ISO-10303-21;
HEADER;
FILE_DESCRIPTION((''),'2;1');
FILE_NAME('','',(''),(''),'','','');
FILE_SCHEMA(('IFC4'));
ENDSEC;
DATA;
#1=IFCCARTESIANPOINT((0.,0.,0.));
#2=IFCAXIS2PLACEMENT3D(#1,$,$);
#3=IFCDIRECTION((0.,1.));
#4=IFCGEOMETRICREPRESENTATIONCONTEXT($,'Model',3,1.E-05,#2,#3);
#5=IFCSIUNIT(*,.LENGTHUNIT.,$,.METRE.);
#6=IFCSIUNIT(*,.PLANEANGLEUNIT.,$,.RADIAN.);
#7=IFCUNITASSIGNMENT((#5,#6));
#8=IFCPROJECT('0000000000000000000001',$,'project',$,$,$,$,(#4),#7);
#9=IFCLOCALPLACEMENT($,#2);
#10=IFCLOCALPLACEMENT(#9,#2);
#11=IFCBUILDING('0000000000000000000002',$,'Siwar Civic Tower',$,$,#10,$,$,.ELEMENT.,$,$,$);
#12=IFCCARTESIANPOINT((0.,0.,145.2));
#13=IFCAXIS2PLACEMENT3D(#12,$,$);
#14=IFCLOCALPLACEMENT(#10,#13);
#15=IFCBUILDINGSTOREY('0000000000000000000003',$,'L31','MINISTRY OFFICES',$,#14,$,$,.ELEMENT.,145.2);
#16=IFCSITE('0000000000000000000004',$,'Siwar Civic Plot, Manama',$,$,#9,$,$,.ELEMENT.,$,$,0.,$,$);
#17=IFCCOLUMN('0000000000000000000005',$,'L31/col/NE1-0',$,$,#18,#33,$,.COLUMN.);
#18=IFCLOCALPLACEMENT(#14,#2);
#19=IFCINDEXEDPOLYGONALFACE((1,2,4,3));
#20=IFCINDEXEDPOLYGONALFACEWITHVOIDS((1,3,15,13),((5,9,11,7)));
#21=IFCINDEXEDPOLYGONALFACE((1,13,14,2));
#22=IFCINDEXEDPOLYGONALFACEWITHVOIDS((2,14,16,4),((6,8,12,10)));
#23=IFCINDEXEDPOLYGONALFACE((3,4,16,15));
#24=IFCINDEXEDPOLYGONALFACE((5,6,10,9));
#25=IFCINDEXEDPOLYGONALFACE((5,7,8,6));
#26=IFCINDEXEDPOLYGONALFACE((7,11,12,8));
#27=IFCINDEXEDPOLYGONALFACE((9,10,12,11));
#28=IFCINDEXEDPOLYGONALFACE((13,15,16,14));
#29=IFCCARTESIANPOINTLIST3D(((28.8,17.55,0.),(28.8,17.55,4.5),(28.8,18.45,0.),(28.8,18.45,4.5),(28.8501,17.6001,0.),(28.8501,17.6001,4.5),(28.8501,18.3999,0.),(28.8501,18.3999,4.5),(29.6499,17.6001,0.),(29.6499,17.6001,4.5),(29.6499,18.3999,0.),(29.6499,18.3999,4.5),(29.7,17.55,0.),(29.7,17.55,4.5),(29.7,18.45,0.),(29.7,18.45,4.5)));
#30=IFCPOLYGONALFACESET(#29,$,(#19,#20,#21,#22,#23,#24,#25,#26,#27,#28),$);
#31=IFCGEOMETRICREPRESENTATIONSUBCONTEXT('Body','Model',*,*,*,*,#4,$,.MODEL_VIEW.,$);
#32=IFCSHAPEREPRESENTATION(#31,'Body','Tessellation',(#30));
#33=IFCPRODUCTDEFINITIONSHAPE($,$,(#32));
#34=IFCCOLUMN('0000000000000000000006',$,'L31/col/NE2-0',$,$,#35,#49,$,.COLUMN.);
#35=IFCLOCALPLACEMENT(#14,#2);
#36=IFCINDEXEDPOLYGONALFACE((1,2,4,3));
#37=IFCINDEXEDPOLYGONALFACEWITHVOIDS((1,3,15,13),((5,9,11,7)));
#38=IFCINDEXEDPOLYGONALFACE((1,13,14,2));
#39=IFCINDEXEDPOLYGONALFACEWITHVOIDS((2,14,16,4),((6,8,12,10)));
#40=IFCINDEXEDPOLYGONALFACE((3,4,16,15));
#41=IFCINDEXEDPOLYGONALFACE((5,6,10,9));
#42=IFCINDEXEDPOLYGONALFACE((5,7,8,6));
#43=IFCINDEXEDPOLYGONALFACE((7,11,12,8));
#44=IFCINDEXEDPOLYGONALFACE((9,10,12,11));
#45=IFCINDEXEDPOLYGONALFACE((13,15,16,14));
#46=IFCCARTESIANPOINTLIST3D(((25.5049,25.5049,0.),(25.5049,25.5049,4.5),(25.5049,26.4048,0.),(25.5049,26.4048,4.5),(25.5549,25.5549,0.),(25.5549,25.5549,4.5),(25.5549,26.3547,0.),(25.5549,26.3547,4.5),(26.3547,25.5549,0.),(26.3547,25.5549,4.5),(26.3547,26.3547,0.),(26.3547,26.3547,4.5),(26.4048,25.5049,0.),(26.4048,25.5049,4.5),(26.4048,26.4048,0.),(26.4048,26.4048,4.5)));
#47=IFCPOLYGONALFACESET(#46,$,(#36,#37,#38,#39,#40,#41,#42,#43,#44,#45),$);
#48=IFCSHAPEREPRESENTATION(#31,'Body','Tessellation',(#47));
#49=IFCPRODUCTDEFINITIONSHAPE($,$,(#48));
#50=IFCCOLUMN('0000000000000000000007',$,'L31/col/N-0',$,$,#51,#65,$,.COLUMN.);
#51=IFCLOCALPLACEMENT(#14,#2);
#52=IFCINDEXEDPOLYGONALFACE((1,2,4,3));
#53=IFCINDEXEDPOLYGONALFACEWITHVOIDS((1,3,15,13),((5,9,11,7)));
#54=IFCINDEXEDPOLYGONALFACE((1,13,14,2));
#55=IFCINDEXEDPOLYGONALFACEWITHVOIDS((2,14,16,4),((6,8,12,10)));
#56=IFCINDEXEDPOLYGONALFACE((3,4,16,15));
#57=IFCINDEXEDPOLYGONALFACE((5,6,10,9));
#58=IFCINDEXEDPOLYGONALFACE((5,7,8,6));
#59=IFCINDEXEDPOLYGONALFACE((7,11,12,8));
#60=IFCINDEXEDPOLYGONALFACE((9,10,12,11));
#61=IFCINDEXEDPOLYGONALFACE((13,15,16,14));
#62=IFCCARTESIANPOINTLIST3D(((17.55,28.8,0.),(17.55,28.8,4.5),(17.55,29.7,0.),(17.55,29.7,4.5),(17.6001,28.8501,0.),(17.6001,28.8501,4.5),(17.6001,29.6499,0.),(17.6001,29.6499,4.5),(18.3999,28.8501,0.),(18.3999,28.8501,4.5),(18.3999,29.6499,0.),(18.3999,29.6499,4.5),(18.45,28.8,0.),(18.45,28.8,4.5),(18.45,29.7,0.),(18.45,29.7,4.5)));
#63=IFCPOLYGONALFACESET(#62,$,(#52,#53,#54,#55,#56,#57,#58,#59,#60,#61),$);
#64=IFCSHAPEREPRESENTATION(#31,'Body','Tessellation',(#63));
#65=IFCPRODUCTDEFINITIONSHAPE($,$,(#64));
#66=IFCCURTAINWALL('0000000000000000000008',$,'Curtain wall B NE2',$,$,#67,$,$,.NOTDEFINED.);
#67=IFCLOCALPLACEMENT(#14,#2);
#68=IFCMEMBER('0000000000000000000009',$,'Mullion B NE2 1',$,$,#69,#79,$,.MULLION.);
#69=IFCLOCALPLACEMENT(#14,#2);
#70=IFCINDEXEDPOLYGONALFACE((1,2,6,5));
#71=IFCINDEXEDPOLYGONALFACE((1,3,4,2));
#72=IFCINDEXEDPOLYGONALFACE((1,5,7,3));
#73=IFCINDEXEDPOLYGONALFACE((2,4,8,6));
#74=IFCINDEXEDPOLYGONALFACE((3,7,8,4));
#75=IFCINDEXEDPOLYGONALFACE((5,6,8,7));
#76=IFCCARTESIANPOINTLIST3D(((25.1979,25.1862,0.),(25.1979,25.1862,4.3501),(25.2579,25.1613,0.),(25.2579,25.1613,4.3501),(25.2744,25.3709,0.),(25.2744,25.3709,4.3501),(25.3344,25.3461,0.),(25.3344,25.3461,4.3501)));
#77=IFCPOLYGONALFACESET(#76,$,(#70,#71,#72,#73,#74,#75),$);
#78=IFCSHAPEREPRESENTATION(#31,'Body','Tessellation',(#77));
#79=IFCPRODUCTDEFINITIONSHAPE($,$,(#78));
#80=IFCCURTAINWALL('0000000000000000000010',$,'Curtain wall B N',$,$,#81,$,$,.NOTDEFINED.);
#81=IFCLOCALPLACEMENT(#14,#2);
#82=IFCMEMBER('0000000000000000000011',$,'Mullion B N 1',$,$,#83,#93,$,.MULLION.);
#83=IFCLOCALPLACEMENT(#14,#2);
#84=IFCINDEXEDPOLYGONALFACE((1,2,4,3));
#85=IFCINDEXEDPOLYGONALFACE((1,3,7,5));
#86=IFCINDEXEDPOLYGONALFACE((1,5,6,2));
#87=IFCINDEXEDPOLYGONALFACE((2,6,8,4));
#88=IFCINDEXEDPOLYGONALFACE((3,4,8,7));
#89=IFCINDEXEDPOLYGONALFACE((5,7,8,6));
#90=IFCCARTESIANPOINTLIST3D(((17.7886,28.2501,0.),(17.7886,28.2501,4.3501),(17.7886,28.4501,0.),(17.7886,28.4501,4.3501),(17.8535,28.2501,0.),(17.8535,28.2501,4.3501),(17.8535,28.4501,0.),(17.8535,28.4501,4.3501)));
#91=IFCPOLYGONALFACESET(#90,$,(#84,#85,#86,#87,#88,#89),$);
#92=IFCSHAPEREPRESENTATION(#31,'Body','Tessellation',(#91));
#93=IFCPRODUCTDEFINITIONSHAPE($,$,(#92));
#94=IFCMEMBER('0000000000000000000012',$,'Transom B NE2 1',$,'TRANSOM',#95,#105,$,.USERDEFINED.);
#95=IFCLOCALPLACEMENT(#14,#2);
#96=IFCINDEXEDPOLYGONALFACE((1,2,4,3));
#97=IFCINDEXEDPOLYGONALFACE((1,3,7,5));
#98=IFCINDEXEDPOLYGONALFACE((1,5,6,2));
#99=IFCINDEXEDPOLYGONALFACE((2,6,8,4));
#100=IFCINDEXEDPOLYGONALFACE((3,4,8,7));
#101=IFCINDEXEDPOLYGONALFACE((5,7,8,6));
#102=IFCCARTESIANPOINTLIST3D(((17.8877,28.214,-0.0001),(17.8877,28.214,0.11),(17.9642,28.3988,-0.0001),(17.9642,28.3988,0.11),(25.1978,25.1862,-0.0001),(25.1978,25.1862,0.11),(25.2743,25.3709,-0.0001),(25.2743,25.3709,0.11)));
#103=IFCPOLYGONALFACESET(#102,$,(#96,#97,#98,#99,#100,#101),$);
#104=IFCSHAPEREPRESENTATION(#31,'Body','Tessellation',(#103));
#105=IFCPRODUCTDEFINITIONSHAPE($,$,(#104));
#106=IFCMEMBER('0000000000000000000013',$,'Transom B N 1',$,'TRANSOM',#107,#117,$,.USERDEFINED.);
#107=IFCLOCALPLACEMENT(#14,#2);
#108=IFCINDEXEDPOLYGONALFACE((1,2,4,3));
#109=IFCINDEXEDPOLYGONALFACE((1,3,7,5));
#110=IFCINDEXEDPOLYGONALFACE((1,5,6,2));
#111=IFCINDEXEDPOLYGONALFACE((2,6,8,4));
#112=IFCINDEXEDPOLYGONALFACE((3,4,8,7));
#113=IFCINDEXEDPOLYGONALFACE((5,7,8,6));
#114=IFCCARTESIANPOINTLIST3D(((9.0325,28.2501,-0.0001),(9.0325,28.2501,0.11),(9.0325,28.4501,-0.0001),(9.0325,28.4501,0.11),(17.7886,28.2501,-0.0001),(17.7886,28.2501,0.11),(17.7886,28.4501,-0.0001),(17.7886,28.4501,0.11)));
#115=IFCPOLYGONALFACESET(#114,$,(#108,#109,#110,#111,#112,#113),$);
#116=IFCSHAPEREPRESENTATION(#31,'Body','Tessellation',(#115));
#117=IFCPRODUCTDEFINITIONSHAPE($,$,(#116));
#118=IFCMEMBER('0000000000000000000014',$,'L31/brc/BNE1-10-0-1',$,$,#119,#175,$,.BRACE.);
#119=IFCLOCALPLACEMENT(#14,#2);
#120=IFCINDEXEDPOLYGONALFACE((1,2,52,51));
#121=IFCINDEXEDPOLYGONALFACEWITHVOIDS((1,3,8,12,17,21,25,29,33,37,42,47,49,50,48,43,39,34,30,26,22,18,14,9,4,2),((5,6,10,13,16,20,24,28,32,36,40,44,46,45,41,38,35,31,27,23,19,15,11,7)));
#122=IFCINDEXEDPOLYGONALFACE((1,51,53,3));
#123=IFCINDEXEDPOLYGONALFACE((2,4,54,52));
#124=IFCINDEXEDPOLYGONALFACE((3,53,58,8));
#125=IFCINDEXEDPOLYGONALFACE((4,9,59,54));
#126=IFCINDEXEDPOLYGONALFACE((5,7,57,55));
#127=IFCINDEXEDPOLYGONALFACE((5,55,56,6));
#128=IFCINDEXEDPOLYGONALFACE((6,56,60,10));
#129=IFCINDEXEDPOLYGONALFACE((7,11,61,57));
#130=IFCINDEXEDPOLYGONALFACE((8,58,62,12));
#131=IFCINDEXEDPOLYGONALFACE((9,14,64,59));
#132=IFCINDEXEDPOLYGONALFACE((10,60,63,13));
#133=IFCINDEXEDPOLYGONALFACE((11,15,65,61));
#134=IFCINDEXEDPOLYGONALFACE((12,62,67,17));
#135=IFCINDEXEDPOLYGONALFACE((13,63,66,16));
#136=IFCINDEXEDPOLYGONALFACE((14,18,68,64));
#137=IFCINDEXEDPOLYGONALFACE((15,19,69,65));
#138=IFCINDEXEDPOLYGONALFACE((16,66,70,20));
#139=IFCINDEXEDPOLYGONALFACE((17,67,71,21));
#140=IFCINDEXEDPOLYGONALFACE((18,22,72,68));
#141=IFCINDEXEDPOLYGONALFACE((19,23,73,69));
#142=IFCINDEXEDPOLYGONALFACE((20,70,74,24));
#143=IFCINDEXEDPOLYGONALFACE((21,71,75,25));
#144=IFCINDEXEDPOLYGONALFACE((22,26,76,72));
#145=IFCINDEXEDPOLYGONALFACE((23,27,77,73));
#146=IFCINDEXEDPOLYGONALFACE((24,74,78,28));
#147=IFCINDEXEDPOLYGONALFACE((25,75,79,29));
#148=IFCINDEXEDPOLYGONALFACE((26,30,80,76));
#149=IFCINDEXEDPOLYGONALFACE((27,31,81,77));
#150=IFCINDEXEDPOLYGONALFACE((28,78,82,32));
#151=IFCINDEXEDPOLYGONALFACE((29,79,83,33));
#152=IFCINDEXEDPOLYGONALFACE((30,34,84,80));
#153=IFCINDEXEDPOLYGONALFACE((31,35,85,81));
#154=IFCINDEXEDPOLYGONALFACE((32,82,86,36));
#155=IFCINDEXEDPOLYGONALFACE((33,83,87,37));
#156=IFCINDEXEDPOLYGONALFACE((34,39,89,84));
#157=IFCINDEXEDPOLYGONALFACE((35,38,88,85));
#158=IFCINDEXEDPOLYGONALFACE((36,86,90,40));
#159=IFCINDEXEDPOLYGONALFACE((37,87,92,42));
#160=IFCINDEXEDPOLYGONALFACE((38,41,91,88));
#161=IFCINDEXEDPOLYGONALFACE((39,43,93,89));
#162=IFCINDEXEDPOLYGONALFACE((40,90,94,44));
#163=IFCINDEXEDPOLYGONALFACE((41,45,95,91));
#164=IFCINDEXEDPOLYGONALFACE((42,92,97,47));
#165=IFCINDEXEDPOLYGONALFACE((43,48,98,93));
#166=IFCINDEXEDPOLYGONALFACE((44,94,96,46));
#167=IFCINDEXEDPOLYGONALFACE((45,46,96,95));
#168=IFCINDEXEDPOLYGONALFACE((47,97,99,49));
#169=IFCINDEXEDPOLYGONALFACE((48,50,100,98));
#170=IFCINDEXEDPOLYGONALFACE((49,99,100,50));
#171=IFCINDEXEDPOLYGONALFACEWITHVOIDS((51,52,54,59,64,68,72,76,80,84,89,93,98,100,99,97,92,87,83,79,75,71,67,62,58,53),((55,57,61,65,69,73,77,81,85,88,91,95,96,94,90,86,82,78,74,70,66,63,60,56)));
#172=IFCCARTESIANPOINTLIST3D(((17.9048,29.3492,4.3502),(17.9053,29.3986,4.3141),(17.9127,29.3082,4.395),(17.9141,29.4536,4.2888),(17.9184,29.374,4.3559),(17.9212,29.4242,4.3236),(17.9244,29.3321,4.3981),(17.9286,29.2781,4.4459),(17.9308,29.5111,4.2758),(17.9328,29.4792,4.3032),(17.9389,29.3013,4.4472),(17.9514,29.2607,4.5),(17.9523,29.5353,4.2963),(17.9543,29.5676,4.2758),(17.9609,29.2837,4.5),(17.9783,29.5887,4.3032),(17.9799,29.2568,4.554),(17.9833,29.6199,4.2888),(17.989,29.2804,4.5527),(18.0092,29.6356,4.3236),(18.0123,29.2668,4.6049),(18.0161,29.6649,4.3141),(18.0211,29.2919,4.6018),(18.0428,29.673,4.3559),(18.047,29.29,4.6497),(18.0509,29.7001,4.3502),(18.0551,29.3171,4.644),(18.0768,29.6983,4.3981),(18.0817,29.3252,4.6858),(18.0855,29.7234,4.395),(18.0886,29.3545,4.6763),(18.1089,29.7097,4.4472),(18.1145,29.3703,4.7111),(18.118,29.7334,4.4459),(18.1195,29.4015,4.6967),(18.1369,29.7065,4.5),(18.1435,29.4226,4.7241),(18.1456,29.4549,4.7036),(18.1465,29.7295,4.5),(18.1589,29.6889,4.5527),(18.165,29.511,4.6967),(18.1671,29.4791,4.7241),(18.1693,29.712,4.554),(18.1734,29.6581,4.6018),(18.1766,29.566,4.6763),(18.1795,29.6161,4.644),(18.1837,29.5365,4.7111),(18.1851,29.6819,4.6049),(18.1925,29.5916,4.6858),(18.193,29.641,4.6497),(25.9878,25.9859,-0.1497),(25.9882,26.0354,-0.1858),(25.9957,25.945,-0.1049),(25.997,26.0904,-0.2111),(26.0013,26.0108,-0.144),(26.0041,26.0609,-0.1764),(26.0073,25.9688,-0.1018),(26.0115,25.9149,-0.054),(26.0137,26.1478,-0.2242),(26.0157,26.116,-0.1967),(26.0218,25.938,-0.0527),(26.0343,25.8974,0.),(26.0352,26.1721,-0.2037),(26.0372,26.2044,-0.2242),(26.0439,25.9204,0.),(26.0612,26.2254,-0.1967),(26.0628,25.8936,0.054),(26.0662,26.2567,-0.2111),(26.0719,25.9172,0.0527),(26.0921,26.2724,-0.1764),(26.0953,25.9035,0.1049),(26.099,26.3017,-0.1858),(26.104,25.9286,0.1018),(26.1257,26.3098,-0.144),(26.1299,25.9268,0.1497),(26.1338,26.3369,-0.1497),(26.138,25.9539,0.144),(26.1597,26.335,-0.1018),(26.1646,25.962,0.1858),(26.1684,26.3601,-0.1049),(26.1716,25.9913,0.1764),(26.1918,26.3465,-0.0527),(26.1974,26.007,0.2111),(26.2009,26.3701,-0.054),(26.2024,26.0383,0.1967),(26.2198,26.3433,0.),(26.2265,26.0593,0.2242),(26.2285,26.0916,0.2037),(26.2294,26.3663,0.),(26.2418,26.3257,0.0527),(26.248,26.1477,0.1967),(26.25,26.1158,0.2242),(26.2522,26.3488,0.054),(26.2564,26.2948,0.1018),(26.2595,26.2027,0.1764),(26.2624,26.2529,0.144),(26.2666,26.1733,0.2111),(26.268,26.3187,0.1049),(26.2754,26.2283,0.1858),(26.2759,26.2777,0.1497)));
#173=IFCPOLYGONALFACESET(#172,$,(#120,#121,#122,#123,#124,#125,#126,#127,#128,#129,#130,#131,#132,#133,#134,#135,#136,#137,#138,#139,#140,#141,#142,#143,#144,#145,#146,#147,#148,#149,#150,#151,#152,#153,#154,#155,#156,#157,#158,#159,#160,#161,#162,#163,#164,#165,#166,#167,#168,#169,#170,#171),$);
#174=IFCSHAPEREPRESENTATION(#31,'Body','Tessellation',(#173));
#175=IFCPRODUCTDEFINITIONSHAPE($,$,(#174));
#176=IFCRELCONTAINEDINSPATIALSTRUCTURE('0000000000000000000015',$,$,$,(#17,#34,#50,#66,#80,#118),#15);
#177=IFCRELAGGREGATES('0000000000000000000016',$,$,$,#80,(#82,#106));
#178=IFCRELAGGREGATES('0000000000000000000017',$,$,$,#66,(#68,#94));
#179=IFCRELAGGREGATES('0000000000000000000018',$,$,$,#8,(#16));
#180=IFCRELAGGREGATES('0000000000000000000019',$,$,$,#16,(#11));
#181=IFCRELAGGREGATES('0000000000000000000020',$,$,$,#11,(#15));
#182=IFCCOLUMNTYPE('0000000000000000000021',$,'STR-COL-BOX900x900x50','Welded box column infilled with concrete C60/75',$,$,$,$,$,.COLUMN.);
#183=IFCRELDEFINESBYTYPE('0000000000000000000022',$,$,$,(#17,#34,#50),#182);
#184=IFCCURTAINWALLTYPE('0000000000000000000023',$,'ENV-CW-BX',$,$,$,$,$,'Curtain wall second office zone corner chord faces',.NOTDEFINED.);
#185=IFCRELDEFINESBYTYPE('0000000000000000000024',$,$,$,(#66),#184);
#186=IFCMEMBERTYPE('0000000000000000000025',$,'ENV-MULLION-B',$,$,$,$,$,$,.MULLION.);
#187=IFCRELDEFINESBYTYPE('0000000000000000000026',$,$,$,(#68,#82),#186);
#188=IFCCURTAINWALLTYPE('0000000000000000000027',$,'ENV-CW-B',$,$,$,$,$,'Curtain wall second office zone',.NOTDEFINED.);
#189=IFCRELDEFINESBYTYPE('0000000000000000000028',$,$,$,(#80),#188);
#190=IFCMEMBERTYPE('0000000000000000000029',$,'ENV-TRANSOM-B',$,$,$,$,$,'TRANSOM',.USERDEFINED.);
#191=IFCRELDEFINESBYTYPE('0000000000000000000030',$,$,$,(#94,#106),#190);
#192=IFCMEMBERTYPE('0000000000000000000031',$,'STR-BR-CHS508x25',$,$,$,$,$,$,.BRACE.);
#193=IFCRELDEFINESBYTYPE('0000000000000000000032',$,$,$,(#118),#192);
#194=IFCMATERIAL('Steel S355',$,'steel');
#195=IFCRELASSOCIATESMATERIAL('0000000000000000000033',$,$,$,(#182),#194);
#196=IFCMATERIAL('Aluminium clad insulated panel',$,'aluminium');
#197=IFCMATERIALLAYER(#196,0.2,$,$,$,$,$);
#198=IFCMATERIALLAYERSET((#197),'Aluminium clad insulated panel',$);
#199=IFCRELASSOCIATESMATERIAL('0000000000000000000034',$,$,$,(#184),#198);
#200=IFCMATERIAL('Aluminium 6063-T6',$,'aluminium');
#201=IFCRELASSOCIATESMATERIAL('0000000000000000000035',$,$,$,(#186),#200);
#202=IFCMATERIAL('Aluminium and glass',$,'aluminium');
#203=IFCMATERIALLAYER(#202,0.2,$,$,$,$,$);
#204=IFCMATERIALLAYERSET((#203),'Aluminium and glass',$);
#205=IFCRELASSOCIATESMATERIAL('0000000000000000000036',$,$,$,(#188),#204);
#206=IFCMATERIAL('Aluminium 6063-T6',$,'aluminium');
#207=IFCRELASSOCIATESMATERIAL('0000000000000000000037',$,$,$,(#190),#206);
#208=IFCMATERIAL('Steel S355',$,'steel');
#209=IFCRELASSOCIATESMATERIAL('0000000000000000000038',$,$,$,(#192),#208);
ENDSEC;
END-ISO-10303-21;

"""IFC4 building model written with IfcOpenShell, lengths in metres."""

from ifc_helpers import new_model, si_unit, direction, frame, origin, origin_2d, place, context, subcontext, project, spatial, rectangle, hollow_rectangle, hollow_circle, extrude, material, layer, layer_set, material_profile, profile_set, type_object, element, aggregate, save


model = new_model("IFC4")

# Units and contexts
model_context = context("Model", 3, precision=1e-05, world=origin(), true_north=direction((0.0, 1.0)))
body_context = subcontext(model_context, "Body", "Model", "MODEL_VIEW")
ifc_project = project(units=[si_unit("LENGTHUNIT", "METRE"), si_unit("PLANEANGLEUNIT", "RADIAN")], contexts=[model_context])

# Site, building, storey
site_placement = place(None, origin())
site = spatial("IfcSite", under=ifc_project, at=site_placement, Name="Siwar Civic Plot, Manama", CompositionType="ELEMENT", RefElevation=0.0)
building_placement = place(site_placement, origin())
building = spatial("IfcBuilding", under=site, at=building_placement, Name="Siwar Civic Tower", CompositionType="ELEMENT")
storey_placement = place(building_placement, frame((0.0, 0.0, 145.2)))
storey = spatial("IfcBuildingStorey", under=building, at=storey_placement, Name="L31", Description="MINISTRY OFFICES", CompositionType="ELEMENT", Elevation=145.2)

# Columns
ifc_material_1 = material(Name="Steel S355", Category="steel")
ifc_material_profile_1 = material_profile(ifc_material_1, hollow_rectangle(XDim=0.8999, YDim=0.8999, WallThickness=0.05, at=origin_2d()), Name="BOX900x900x50")
ifc_profile_set_1 = profile_set([ifc_material_profile_1], Name="Steel S355")
column_type = type_object("IfcColumnType", Name="STR-COL-BOX900x900x50", Description="Welded box column infilled with concrete C60/75", PredefinedType="COLUMN", material=ifc_profile_set_1)
for number, where, z_axis, x_axis, name in (
    (1, (29.25, 18.0, 0.0), (0.0, 0.0, 1.0), (1.0, 0.0, 0.0), "L31/col/NE1-0"),
    (2, (25.9548, 25.9548, 0.0), (0.0, 0.0, 1.0), (1.0, 0.0, 0.0), "L31/col/NE2-0"),
    (3, (18.0, 29.25, 0.0), (0.0, 0.0, 1.0), (1.0, 0.0, 0.0), "L31/col/N-0"),
):
    element("IfcColumn", number, at=place(storey_placement, frame(where, z_axis=z_axis, x_axis=x_axis)), inside=storey, type_object=column_type, Name=name, PredefinedType="COLUMN", context=body_context, shape_type="SweptSolid", body=[
        extrude(hollow_rectangle(XDim=0.8999, YDim=0.8999, WallThickness=0.05, at=origin_2d()), origin(), (0.0, 0.0, 1.0), 4.5),
    ])

# Curtain walls, members
ifc_material_2 = material(Name="Aluminium clad insulated panel", Category="aluminium")
ifc_layer_1 = layer(ifc_material_2, 0.2)
ifc_layer_set_1 = layer_set([ifc_layer_1], Name="Aluminium clad insulated panel")
curtain_wall_type_1 = type_object("IfcCurtainWallType", Name="ENV-CW-BX", ElementType="Curtain wall second office zone corner chord faces", PredefinedType="NOTDEFINED", material=ifc_layer_set_1)
curtain_wall_1_placement = place(storey_placement, origin())
curtain_wall_1 = element("IfcCurtainWall", 4, at=curtain_wall_1_placement, inside=storey, type_object=curtain_wall_type_1, Name="Curtain wall B NE2", PredefinedType="NOTDEFINED")
ifc_material_3 = material(Name="Aluminium 6063-T6", Category="aluminium")
ifc_material_profile_2 = material_profile(ifc_material_3, rectangle(XDim=0.2, YDim=0.0649, at=origin_2d()), Name="AL 200x65")
ifc_profile_set_2 = profile_set([ifc_material_profile_2], Name="Aluminium 6063-T6")
member_type_1 = type_object("IfcMemberType", Name="ENV-MULLION-B", PredefinedType="MULLION", material=ifc_profile_set_2)
member_1_placement = place(storey_placement, frame((25.2661, 25.2661, 0.0), z_axis=(0.0, 0.0, 1.0), x_axis=(-0.382683, -0.92388, 0.0)))
member_1 = element("IfcMember", 5, at=member_1_placement, type_object=member_type_1, Name="Mullion B NE2 1", PredefinedType="MULLION", context=body_context, shape_type="SweptSolid", body=[
    extrude(rectangle(XDim=0.2, YDim=0.0649, at=origin_2d()), origin(), (0.0, 0.0, 1.0), 4.3501),
])
ifc_material_4 = material(Name="Aluminium and glass", Category="aluminium")
ifc_layer_2 = layer(ifc_material_4, 0.2)
ifc_layer_set_2 = layer_set([ifc_layer_2], Name="Aluminium and glass")
curtain_wall_type_2 = type_object("IfcCurtainWallType", Name="ENV-CW-B", ElementType="Curtain wall second office zone", PredefinedType="NOTDEFINED", material=ifc_layer_set_2)
curtain_wall_2_placement = place(storey_placement, origin())
curtain_wall_2 = element("IfcCurtainWall", 6, at=curtain_wall_2_placement, inside=storey, type_object=curtain_wall_type_2, Name="Curtain wall B N", PredefinedType="NOTDEFINED")
member_2_placement = place(storey_placement, frame((17.821, 28.3501, 0.0), z_axis=(0.0, 0.0, 1.0), x_axis=(0.0, -1.0, 0.0)))
member_2 = element("IfcMember", 7, at=member_2_placement, type_object=member_type_1, Name="Mullion B N 1", PredefinedType="MULLION", context=body_context, shape_type="SweptSolid", body=[
    extrude(rectangle(XDim=0.2, YDim=0.0649, at=origin_2d()), origin(), (0.0, 0.0, 1.0), 4.3501),
])

# Members
ifc_material_5 = material(Name="Aluminium 6063-T6", Category="aluminium")
ifc_material_profile_3 = material_profile(ifc_material_5, rectangle(XDim=0.2, YDim=0.1101, at=origin_2d()), Name="AL 200x110")
ifc_profile_set_3 = profile_set([ifc_material_profile_3], Name="Aluminium 6063-T6")
member_type_2 = type_object("IfcMemberType", Name="ENV-TRANSOM-B", ElementType="TRANSOM", PredefinedType="USERDEFINED", material=ifc_profile_set_3)
member_3_placement = place(storey_placement, frame((25.2361, 25.2786, 0.0549), z_axis=(-0.923884, 0.382673, 0.0), x_axis=(-0.382673, -0.923884, 0.0)))
member_3 = element("IfcMember", 8, at=member_3_placement, type_object=member_type_2, Name="Transom B NE2 1", ObjectType="TRANSOM", PredefinedType="USERDEFINED", context=body_context, shape_type="SweptSolid", body=[
    extrude(rectangle(XDim=0.2, YDim=0.1101, at=origin_2d()), origin(), (0.0, 0.0, 1.0), 7.9124),
])
member_4_placement = place(storey_placement, frame((17.7886, 28.3501, 0.0549), z_axis=(-1.0, 0.0, 0.0), x_axis=(0.0, -1.0, 0.0)))
member_4 = element("IfcMember", 9, at=member_4_placement, type_object=member_type_2, Name="Transom B N 1", ObjectType="TRANSOM", PredefinedType="USERDEFINED", context=body_context, shape_type="SweptSolid", body=[
    extrude(rectangle(XDim=0.2, YDim=0.1101, at=origin_2d()), origin(), (0.0, 0.0, 1.0), 8.7561),
])
aggregate(curtain_wall_2, [member_2, member_4])

# Member
ifc_material_6 = material(Name="Steel S355", Category="steel")
ifc_material_profile_4 = material_profile(ifc_material_6, hollow_circle(Radius=0.2539, WallThickness=0.0249, at=origin_2d()), Name="CHS508x25")
ifc_profile_set_4 = profile_set([ifc_material_profile_4], Name="Steel S355")
member_type_3 = type_object("IfcMemberType", Name="STR-BR-CHS508x25", PredefinedType="BRACE", material=ifc_profile_set_4)
member_5_placement = place(storey_placement, frame((26.1318, 26.1318, 0.0), z_axis=(-0.821143, 0.341671, 0.457149), x_axis=(-0.384164, -0.923265, 0.0)))
element("IfcMember", 10, at=member_5_placement, inside=storey, type_object=member_type_3, Name="L31/brc/BNE1-10-0-1", PredefinedType="BRACE", context=body_context, shape_type="SweptSolid", body=[
    extrude(hollow_circle(Radius=0.2539, WallThickness=0.0249, at=origin_2d()), origin(), (0.0, 0.0, 1.0), 9.8435),
])

aggregate(curtain_wall_1, [member_1, member_3])

save(model, "model.ifc")
